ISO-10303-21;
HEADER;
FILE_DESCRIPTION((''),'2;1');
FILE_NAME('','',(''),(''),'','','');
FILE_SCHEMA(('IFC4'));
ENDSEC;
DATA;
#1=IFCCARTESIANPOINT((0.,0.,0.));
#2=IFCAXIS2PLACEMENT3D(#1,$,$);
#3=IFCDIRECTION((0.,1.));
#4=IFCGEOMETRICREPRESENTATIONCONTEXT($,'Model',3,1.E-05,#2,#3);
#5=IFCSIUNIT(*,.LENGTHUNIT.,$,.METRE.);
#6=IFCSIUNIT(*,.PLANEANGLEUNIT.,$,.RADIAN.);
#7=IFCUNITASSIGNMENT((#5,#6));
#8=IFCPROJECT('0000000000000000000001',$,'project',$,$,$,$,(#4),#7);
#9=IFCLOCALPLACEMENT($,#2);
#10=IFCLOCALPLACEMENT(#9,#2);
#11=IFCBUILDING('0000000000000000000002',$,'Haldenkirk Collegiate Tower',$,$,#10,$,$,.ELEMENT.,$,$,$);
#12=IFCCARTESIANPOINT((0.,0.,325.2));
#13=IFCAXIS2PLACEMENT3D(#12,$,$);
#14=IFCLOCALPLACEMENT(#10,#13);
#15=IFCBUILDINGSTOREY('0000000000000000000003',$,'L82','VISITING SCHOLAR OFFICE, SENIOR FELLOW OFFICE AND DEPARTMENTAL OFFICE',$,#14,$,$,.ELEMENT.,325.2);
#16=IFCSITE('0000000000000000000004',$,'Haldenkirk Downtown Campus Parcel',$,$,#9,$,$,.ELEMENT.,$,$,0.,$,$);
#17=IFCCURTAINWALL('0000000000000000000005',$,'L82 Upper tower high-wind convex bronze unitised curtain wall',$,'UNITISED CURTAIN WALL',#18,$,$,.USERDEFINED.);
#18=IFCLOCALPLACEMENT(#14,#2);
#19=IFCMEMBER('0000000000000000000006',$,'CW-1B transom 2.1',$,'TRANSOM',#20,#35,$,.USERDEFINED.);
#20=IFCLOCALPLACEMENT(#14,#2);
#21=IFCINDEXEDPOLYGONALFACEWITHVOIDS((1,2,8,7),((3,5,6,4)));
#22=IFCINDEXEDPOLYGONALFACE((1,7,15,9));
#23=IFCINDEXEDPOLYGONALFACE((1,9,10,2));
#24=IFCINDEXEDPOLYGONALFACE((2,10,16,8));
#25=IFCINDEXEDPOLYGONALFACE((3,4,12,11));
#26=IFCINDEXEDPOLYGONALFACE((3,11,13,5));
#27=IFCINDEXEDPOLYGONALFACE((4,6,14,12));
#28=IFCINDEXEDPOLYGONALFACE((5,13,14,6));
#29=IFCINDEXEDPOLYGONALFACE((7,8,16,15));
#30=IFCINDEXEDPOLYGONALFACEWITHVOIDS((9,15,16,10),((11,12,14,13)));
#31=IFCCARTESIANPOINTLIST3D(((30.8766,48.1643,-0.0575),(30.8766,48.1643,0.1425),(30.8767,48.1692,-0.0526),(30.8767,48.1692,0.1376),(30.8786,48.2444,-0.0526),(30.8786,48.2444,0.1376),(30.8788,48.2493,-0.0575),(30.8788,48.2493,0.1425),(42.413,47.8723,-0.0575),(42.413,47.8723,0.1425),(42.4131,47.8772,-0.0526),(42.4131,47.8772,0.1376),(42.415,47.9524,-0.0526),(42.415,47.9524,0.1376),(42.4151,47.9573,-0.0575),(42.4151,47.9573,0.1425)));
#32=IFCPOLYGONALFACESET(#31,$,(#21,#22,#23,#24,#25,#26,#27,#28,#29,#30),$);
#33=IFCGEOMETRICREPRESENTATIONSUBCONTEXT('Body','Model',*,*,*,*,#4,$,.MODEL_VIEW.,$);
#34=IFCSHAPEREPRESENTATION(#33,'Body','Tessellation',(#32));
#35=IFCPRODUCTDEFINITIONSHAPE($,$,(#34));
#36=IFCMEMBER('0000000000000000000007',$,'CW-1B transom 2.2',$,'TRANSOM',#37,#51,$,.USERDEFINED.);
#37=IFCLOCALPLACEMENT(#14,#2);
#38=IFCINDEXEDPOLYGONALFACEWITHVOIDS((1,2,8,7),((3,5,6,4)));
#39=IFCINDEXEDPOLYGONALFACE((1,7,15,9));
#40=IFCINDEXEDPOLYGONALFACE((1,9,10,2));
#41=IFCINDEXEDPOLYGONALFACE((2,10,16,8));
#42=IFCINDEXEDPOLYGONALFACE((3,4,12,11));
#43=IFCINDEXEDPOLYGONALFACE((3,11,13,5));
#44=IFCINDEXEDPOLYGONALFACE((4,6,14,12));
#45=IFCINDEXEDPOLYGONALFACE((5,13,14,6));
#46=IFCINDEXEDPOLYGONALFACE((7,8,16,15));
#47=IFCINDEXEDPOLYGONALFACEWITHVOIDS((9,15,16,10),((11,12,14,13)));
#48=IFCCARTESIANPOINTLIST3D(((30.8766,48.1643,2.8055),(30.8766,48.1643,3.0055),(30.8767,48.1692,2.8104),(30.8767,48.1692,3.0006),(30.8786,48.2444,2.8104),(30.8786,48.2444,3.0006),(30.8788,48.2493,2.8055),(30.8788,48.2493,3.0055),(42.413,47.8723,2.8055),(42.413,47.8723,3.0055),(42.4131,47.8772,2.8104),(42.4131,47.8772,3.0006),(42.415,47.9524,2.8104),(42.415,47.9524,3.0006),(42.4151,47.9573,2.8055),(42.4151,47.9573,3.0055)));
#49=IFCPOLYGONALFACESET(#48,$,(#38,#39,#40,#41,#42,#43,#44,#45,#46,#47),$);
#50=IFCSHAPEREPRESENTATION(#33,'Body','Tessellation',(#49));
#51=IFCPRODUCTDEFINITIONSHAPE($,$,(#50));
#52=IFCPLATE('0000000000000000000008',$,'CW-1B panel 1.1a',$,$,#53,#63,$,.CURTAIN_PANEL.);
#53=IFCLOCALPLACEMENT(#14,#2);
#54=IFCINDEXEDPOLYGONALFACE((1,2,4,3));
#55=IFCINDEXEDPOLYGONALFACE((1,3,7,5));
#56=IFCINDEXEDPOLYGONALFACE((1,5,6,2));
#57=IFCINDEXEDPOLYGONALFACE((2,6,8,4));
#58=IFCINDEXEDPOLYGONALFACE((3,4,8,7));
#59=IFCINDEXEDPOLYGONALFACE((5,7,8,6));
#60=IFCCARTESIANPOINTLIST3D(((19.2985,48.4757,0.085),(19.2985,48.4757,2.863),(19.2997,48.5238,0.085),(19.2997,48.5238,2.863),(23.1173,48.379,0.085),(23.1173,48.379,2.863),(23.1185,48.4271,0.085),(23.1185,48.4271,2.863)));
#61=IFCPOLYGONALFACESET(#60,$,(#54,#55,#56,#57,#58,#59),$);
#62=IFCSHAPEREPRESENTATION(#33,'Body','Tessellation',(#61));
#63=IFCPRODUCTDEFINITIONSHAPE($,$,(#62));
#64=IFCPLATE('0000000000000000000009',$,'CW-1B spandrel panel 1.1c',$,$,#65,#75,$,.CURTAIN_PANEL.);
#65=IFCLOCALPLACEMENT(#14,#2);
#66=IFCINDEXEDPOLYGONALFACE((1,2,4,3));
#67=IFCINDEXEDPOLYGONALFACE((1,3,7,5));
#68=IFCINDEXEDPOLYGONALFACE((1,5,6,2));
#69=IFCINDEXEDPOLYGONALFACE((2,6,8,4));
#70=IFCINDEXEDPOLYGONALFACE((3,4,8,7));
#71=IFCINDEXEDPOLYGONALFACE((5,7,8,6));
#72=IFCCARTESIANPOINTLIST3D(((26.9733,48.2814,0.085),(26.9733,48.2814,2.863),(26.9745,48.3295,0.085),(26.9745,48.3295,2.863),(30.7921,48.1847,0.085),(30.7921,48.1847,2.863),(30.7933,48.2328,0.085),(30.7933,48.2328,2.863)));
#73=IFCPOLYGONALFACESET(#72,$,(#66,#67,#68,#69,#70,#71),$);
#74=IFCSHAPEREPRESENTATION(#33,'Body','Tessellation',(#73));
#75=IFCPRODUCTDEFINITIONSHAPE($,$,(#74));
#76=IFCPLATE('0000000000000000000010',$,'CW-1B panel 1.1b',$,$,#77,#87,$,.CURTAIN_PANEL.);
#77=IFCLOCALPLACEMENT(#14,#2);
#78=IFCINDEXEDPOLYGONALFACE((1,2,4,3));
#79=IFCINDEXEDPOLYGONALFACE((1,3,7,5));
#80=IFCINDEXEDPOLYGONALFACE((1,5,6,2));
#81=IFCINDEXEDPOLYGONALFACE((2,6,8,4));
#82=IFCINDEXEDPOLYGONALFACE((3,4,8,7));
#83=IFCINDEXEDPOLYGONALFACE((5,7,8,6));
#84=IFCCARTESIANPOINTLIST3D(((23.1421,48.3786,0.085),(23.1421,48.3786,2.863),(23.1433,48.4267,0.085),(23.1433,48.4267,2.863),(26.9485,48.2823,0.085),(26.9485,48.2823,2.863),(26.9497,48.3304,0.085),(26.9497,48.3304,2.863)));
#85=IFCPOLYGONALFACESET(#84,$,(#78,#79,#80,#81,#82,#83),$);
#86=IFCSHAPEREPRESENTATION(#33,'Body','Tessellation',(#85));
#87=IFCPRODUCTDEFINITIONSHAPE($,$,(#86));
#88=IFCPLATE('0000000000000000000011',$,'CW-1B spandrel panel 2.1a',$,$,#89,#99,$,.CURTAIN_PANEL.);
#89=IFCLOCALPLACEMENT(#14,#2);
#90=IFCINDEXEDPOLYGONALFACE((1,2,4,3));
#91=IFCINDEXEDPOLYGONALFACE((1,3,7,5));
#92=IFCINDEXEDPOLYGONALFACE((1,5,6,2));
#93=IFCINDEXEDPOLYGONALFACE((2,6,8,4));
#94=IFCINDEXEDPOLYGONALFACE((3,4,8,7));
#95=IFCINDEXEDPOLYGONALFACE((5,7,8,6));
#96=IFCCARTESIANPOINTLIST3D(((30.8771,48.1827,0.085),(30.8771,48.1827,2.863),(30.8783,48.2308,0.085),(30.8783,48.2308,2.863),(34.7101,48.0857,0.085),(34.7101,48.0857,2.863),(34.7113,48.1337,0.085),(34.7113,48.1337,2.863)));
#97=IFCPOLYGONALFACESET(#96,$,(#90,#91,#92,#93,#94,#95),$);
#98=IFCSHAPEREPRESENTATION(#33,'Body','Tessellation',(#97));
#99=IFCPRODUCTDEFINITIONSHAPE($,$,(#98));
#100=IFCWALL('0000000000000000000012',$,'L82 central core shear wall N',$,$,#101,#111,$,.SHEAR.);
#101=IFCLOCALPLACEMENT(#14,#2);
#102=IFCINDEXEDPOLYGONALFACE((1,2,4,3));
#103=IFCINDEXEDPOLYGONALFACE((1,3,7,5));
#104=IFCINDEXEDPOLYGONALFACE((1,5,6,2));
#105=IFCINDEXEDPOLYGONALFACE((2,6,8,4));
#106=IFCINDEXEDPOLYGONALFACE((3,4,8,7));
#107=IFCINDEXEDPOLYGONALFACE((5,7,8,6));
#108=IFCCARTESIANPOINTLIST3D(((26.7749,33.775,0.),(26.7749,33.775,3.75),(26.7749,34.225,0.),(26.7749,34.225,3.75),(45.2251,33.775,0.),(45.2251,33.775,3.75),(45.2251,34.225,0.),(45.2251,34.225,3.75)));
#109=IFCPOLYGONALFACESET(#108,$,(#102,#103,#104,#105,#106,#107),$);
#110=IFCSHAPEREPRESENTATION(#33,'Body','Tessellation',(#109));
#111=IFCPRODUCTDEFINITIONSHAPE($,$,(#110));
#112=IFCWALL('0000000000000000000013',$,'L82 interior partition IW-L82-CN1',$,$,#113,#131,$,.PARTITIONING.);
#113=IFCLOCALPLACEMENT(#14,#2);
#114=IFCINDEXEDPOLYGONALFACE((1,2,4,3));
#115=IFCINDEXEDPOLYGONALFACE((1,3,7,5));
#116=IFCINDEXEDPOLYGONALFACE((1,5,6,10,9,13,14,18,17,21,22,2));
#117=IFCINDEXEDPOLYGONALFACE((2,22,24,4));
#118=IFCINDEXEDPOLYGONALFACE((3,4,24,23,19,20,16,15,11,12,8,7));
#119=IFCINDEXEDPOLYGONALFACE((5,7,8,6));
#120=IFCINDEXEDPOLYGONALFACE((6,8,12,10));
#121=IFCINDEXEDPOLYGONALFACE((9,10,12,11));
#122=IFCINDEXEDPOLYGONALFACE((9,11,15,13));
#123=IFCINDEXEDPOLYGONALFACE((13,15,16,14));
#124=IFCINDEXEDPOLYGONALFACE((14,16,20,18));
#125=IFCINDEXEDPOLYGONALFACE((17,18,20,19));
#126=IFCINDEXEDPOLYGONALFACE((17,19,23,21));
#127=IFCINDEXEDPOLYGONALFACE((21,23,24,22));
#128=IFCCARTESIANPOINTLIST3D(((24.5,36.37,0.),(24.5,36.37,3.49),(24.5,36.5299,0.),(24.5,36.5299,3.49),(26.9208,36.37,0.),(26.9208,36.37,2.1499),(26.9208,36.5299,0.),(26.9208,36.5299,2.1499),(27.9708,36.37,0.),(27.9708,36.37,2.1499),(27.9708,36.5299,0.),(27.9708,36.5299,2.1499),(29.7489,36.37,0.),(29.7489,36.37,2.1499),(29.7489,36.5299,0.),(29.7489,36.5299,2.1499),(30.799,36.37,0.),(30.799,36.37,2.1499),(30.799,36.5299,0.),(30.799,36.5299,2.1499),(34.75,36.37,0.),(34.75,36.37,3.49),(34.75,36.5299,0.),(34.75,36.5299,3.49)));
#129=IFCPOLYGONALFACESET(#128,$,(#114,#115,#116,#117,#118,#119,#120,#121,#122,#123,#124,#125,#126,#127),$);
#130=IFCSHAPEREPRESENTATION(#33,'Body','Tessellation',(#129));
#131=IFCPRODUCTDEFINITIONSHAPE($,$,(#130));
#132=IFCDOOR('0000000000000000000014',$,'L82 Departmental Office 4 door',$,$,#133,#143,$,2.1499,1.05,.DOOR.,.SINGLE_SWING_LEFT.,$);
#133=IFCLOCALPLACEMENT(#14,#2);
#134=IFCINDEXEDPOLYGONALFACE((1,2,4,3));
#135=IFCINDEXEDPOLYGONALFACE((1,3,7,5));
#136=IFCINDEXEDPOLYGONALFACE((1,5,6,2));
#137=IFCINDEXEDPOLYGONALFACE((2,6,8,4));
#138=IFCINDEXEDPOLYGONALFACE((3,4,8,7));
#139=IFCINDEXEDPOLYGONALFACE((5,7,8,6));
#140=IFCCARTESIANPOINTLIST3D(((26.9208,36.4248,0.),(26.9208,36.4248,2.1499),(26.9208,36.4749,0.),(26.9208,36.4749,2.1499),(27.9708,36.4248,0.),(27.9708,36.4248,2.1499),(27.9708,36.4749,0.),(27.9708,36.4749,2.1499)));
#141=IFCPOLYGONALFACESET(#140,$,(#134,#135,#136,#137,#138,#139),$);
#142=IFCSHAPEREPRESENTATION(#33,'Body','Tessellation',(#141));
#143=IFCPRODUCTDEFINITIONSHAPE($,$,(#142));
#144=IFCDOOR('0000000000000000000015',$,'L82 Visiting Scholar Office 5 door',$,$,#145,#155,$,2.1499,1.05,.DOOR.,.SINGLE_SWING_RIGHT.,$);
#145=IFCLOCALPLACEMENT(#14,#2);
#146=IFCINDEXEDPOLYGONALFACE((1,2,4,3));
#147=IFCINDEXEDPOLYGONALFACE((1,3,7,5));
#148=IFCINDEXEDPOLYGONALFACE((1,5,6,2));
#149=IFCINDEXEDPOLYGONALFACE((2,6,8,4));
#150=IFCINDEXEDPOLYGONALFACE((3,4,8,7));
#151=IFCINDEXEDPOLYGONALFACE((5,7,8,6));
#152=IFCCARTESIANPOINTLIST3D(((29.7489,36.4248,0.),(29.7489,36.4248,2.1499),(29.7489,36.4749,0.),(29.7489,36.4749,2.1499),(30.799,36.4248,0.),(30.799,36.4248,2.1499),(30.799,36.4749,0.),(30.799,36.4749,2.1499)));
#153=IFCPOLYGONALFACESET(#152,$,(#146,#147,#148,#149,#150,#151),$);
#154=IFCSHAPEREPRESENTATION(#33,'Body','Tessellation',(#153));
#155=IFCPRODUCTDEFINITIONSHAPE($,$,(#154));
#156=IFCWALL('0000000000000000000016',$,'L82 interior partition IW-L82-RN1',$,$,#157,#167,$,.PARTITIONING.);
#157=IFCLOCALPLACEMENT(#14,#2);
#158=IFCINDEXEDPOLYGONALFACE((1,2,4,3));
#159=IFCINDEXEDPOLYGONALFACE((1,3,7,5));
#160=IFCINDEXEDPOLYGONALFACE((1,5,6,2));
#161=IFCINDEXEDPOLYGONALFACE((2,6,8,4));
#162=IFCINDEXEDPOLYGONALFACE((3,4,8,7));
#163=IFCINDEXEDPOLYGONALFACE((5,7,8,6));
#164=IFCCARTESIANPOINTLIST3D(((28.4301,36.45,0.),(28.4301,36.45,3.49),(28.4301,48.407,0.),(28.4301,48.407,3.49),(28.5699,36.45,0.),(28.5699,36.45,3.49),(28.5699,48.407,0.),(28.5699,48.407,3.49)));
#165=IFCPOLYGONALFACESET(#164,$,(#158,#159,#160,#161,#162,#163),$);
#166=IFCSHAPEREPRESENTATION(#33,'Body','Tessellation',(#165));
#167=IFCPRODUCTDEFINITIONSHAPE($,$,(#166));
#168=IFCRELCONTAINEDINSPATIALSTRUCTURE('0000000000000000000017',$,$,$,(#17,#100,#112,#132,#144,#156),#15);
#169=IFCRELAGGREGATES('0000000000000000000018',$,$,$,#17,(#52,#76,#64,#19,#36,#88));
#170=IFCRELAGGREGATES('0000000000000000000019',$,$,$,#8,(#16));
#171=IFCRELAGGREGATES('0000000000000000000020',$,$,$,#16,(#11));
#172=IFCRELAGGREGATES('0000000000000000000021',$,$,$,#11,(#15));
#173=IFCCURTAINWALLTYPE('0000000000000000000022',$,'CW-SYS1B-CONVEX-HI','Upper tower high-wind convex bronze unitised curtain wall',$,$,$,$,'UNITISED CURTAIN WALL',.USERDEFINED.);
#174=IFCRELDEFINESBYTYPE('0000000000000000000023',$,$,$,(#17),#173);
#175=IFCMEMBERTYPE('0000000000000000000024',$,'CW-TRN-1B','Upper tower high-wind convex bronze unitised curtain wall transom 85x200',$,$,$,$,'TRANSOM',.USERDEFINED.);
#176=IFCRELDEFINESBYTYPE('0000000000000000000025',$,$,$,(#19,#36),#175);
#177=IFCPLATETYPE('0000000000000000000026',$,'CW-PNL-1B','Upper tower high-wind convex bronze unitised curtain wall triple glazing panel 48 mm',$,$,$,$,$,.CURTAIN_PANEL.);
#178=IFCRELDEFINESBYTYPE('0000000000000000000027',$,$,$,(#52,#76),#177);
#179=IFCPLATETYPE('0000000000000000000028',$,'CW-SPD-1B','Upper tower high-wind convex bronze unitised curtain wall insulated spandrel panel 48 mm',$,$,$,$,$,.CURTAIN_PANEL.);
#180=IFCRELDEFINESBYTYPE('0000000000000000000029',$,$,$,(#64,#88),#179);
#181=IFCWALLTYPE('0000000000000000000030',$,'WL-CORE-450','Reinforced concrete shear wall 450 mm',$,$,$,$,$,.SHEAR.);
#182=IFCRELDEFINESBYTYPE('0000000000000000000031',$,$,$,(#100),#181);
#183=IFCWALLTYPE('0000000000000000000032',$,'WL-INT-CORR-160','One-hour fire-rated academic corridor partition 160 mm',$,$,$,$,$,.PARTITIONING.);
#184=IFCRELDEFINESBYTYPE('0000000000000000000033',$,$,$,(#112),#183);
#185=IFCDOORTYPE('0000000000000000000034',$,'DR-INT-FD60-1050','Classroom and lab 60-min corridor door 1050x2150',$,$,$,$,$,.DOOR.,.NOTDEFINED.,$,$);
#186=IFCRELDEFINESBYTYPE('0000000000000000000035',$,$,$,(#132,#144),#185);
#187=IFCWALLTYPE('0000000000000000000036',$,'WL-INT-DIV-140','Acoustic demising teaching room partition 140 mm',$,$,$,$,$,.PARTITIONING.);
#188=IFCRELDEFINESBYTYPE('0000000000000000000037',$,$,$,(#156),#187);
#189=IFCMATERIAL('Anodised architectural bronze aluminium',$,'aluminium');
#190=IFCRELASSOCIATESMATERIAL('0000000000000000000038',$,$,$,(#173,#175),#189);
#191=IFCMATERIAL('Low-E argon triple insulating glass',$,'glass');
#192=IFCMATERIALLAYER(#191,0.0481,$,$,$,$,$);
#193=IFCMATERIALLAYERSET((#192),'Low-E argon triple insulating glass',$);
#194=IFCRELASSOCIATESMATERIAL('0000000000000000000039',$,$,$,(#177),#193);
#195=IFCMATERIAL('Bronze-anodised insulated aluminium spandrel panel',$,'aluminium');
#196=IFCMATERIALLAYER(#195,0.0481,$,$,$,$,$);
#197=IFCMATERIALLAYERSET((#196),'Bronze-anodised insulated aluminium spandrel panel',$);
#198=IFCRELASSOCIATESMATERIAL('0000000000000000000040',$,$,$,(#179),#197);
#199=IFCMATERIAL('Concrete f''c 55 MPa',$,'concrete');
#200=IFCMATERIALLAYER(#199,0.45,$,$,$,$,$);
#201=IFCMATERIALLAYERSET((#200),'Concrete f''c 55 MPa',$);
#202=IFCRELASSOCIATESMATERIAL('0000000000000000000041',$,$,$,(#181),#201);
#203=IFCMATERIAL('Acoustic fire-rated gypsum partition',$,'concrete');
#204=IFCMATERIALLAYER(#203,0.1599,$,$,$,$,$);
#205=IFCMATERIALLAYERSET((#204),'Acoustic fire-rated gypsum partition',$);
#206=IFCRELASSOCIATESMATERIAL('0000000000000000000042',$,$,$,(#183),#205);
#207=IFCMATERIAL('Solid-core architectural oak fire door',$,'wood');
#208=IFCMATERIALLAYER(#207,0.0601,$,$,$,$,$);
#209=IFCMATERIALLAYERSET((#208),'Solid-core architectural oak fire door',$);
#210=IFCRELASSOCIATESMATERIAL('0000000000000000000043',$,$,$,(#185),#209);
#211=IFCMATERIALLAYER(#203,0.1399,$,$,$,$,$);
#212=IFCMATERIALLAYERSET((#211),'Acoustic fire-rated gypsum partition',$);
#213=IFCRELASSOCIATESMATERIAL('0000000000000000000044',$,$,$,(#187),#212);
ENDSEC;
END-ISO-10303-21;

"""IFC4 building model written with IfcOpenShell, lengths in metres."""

from ifc_helpers import new_model, si_unit, direction, frame, frame_2d, origin, origin_2d, place, context, subcontext, project, spatial, rectangle, hollow_rectangle, extrude, source, transform, mapped, material, layer, layer_set, material_profile, profile_set, type_object, element, fill, aggregate, save


model = new_model("IFC4")

# Units and contexts
model_context = context("Model", 3, precision=1e-05, world=origin(), true_north=direction((0.0, 1.0)))
body_context = subcontext(model_context, "Body", "Model", "MODEL_VIEW")
ifc_project = project(units=[si_unit("LENGTHUNIT", "METRE"), si_unit("PLANEANGLEUNIT", "RADIAN")], contexts=[model_context])

# Site, building, storey
site_placement = place(None, origin())
site = spatial("IfcSite", under=ifc_project, at=site_placement, Name="Haldenkirk Downtown Campus Parcel", CompositionType="ELEMENT", RefElevation=0.0)
building_placement = place(site_placement, origin())
building = spatial("IfcBuilding", under=site, at=building_placement, Name="Haldenkirk Collegiate Tower", CompositionType="ELEMENT")
storey_placement = place(building_placement, frame((0.0, 0.0, 325.2)))
storey = spatial("IfcBuildingStorey", under=building, at=storey_placement, Name="L82", Description="VISITING SCHOLAR OFFICE, SENIOR FELLOW OFFICE AND DEPARTMENTAL OFFICE", CompositionType="ELEMENT", Elevation=325.2)

# Curtain wall, members, plates
ifc_material_1 = material(Name="Anodised architectural bronze aluminium", Category="aluminium")
curtain_wall_type = type_object("IfcCurtainWallType", Name="CW-SYS1B-CONVEX-HI", Description="Upper tower high-wind convex bronze unitised curtain wall", ElementType="UNITISED CURTAIN WALL", PredefinedType="USERDEFINED", material=ifc_material_1)
curtain_wall_placement = place(storey_placement, origin())
curtain_wall = element("IfcCurtainWall", 1, at=curtain_wall_placement, inside=storey, type_object=curtain_wall_type, Name="L82 Upper tower high-wind convex bronze unitised curtain wall", ObjectType="UNITISED CURTAIN WALL", PredefinedType="USERDEFINED")
ifc_material_profile_1 = material_profile(ifc_material_1, hollow_rectangle(XDim=0.085, YDim=0.2, WallThickness=0.0049, at=origin_2d()), Name="CW-TRN-1B")
ifc_profile_set_1 = profile_set([ifc_material_profile_1], Name="Anodised architectural bronze aluminium")
member_type_1 = type_object("IfcMemberType", Name="CW-TRN-1B", Description="Upper tower high-wind convex bronze unitised curtain wall transom 85x200", ElementType="TRANSOM", PredefinedType="USERDEFINED", material=ifc_profile_set_1)
member_1_placement = place(storey_placement, frame((30.8777, 48.2068, 0.0425), z_axis=(0.99968, -0.025302, 0.0), x_axis=(0.025302, 0.99968, 0.0)))
member_1 = element("IfcMember", 2, at=member_1_placement, type_object=member_type_1, Name="CW-1B transom 2.1", ObjectType="TRANSOM", PredefinedType="USERDEFINED", context=body_context, shape_type="SweptSolid", body=[
    extrude(hollow_rectangle(XDim=0.085, YDim=0.2, WallThickness=0.0049, at=origin_2d()), origin(), (0.0, 0.0, 1.0), 11.54),
])
member_2_placement = place(storey_placement, frame((30.8777, 48.2068, 2.9055), z_axis=(0.99968, -0.025302, 0.0), x_axis=(0.025302, 0.99968, 0.0)))
member_2 = element("IfcMember", 3, at=member_2_placement, type_object=member_type_1, Name="CW-1B transom 2.2", ObjectType="TRANSOM", PredefinedType="USERDEFINED", context=body_context, shape_type="SweptSolid", body=[
    extrude(hollow_rectangle(XDim=0.085, YDim=0.2, WallThickness=0.0049, at=origin_2d()), origin(), (0.0, 0.0, 1.0), 11.54),
])
ifc_material_2 = material(Name="Low-E argon triple insulating glass", Category="glass")
ifc_layer_1 = layer(ifc_material_2, 0.0481)
ifc_layer_set_1 = layer_set([ifc_layer_1], Name="Low-E argon triple insulating glass")
plate_type_1 = type_object("IfcPlateType", Name="CW-PNL-1B", Description="Upper tower high-wind convex bronze unitised curtain wall triple glazing panel 48 mm", PredefinedType="CURTAIN_PANEL", material=ifc_layer_set_1)
shared_shape_1 = source(origin(), body_context, "Body", "SweptSolid", [
    extrude(rectangle(XDim=3.8201, YDim=0.0481, at=origin_2d()), origin(), (0.0, 0.0, 1.0), 2.7781),
])
plate_1_placement = place(storey_placement, frame((21.2085, 48.4514, 0.085), z_axis=(0.0, 0.0, 1.0), x_axis=(0.99968, -0.025305, 0.0)))
plate_1 = element("IfcPlate", 4, at=plate_1_placement, type_object=plate_type_1, Name="CW-1B panel 1.1a", PredefinedType="CURTAIN_PANEL", context=body_context, shape_type="MappedRepresentation", body=[
    mapped(shared_shape_1, transform((0.0, 0.0, 0.0), x_axis=(1.0, 0.0, 0.0), y_axis=(0.0, 1.0, 0.0), z_axis=(0.0, 0.0, 1.0), scale=1.0)),
])
ifc_material_3 = material(Name="Bronze-anodised insulated aluminium spandrel panel", Category="aluminium")
ifc_layer_2 = layer(ifc_material_3, 0.0481)
ifc_layer_set_2 = layer_set([ifc_layer_2], Name="Bronze-anodised insulated aluminium spandrel panel")
plate_type_2 = type_object("IfcPlateType", Name="CW-SPD-1B", Description="Upper tower high-wind convex bronze unitised curtain wall insulated spandrel panel 48 mm", PredefinedType="CURTAIN_PANEL", material=ifc_layer_set_2)
plate_2_placement = place(storey_placement, frame((28.8833, 48.2571, 0.085), z_axis=(0.0, 0.0, 1.0), x_axis=(0.99968, -0.025305, 0.0)))
plate_2 = element("IfcPlate", 5, at=plate_2_placement, type_object=plate_type_2, Name="CW-1B spandrel panel 1.1c", PredefinedType="CURTAIN_PANEL", context=body_context, shape_type="MappedRepresentation", body=[
    mapped(shared_shape_1, transform((0.0, 0.0, 0.0), x_axis=(1.0, 0.0, 0.0), y_axis=(0.0, 1.0, 0.0), z_axis=(0.0, 0.0, 1.0), scale=1.0)),
])
shared_shape_2 = source(origin(), body_context, "Body", "SweptSolid", [
    extrude(rectangle(XDim=3.8076, YDim=0.0481, at=origin_2d()), origin(), (0.0, 0.0, 1.0), 2.7781),
])
plate_3_placement = place(storey_placement, frame((25.0459, 48.3545, 0.085), z_axis=(0.0, 0.0, 1.0), x_axis=(0.99968, -0.025305, 0.0)))
plate_3 = element("IfcPlate", 6, at=plate_3_placement, type_object=plate_type_1, Name="CW-1B panel 1.1b", PredefinedType="CURTAIN_PANEL", context=body_context, shape_type="MappedRepresentation", body=[
    mapped(shared_shape_2, transform((0.0, 0.0, 0.0), x_axis=(1.0, 0.0, 0.0), y_axis=(0.0, 1.0, 0.0), z_axis=(0.0, 0.0, 1.0), scale=1.0)),
])
shared_shape_3 = source(origin(), body_context, "Body", "SweptSolid", [
    extrude(rectangle(XDim=3.8342, YDim=0.0481, at=origin_2d()), origin(), (0.0, 0.0, 1.0), 2.7781),
])
plate_4_placement = place(storey_placement, frame((32.7942, 48.1582, 0.085), z_axis=(0.0, 0.0, 1.0), x_axis=(0.99968, -0.025305, 0.0)))
plate_4 = element("IfcPlate", 7, at=plate_4_placement, type_object=plate_type_2, Name="CW-1B spandrel panel 2.1a", PredefinedType="CURTAIN_PANEL", context=body_context, shape_type="MappedRepresentation", body=[
    mapped(shared_shape_3, transform((0.0, 0.0, 0.0), x_axis=(1.0, 0.0, 0.0), y_axis=(0.0, 1.0, 0.0), z_axis=(0.0, 0.0, 1.0), scale=1.0)),
])
aggregate(curtain_wall, [plate_1, plate_3, plate_2, member_1, member_2, plate_4])

# Wall
ifc_material_4 = material(Name="Concrete f'c 55 MPa", Category="concrete")
ifc_layer_3 = layer(ifc_material_4, 0.45)
ifc_layer_set_3 = layer_set([ifc_layer_3], Name="Concrete f'c 55 MPa")
wall_type_1 = type_object("IfcWallType", Name="WL-CORE-450", Description="Reinforced concrete shear wall 450 mm", PredefinedType="SHEAR", material=ifc_layer_set_3)
wall_1_placement = place(storey_placement, frame((26.7749, 34.0, 0.0), z_axis=(0.0, 0.0, 1.0), x_axis=(1.0, 0.0, 0.0)))
element("IfcWall", 8, at=wall_1_placement, inside=storey, type_object=wall_type_1, Name="L82 central core shear wall N", PredefinedType="SHEAR", context=body_context, shape_type="SweptSolid", body=[
    extrude(rectangle(XDim=18.4502, YDim=0.45, at=frame_2d((9.2251, 0.0))), origin(), (0.0, 0.0, 1.0), 3.75),
])

# Wall, openings, doors
ifc_material_5 = material(Name="Acoustic fire-rated gypsum partition", Category="concrete")
ifc_layer_4 = layer(ifc_material_5, 0.1599)
ifc_layer_set_4 = layer_set([ifc_layer_4], Name="Acoustic fire-rated gypsum partition")
wall_type_2 = type_object("IfcWallType", Name="WL-INT-CORR-160", Description="One-hour fire-rated academic corridor partition 160 mm", PredefinedType="PARTITIONING", material=ifc_layer_set_4)
wall_2_placement = place(storey_placement, frame((24.5, 36.45, 0.0), z_axis=(0.0, 0.0, 1.0), x_axis=(1.0, 0.0, 0.0)))
wall_2 = element("IfcWall", 9, at=wall_2_placement, inside=storey, type_object=wall_type_2, Name="L82 interior partition IW-L82-CN1", PredefinedType="PARTITIONING", context=body_context, shape_type="SweptSolid", body=[
    extrude(rectangle(XDim=10.25, YDim=0.1599, at=frame_2d((5.125, 0.0))), origin(), (0.0, 0.0, 1.0), 3.49),
])
opening_1_placement = place(wall_2_placement, frame((2.4209, 0.0, 0.0)))
opening_1 = element("IfcOpeningElement", 10, at=opening_1_placement, cuts=wall_2, PredefinedType="OPENING", context=body_context, shape_type="SweptSolid", body=[
    extrude(rectangle(XDim=1.05, YDim=2.1499, at=frame_2d((0.5249, 1.075))), frame((0.0, 0.0898, 0.0), z_axis=(0.0, -1.0, 0.0), x_axis=(1.0, 0.0, 0.0)), (0.0, 0.0, 1.0), 0.1799),
])
opening_2_placement = place(wall_2_placement, frame((5.249, 0.0, 0.0)))
opening_2 = element("IfcOpeningElement", 11, at=opening_2_placement, cuts=wall_2, PredefinedType="OPENING", context=body_context, shape_type="SweptSolid", body=[
    extrude(rectangle(XDim=1.05, YDim=2.1499, at=frame_2d((0.5249, 1.075))), frame((0.0, 0.0898, 0.0), z_axis=(0.0, -1.0, 0.0), x_axis=(1.0, 0.0, 0.0)), (0.0, 0.0, 1.0), 0.1799),
])
ifc_material_6 = material(Name="Solid-core architectural oak fire door", Category="wood")
ifc_layer_5 = layer(ifc_material_6, 0.0601)
ifc_layer_set_5 = layer_set([ifc_layer_5], Name="Solid-core architectural oak fire door")
door_type = type_object("IfcDoorType", Name="DR-INT-FD60-1050", Description="Classroom and lab 60-min corridor door 1050x2150", OperationType="NOTDEFINED", PredefinedType="DOOR", material=ifc_layer_set_5)
door_1_placement = place(opening_1_placement, origin())
door_1 = element("IfcDoor", 12, at=door_1_placement, inside=storey, type_object=door_type, Name="L82 Departmental Office 4 door", OperationType="SINGLE_SWING_LEFT", OverallHeight=2.1499, OverallWidth=1.05, PredefinedType="DOOR", context=body_context, shape_type="SweptSolid", body=[
    extrude(rectangle(XDim=1.05, YDim=2.1499, at=frame_2d((0.5249, 1.075))), frame((0.0, 0.0249, 0.0), z_axis=(0.0, -1.0, 0.0), x_axis=(1.0, 0.0, 0.0)), (0.0, 0.0, 1.0), 0.05),
])
fill(opening_1, door_1)
door_2_placement = place(opening_2_placement, origin())
door_2 = element("IfcDoor", 13, at=door_2_placement, inside=storey, type_object=door_type, Name="L82 Visiting Scholar Office 5 door", OperationType="SINGLE_SWING_RIGHT", OverallHeight=2.1499, OverallWidth=1.05, PredefinedType="DOOR", context=body_context, shape_type="SweptSolid", body=[
    extrude(rectangle(XDim=1.05, YDim=2.1499, at=frame_2d((0.5249, 1.075))), frame((0.0, 0.0249, 0.0), z_axis=(0.0, -1.0, 0.0), x_axis=(1.0, 0.0, 0.0)), (0.0, 0.0, 1.0), 0.05),
])
fill(opening_2, door_2)

# Wall
ifc_layer_6 = layer(ifc_material_5, 0.1399)
ifc_layer_set_6 = layer_set([ifc_layer_6], Name="Acoustic fire-rated gypsum partition")
wall_type_3 = type_object("IfcWallType", Name="WL-INT-DIV-140", Description="Acoustic demising teaching room partition 140 mm", PredefinedType="PARTITIONING", material=ifc_layer_set_6)
wall_3_placement = place(storey_placement, frame((28.5, 36.45, 0.0), z_axis=(0.0, 0.0, 1.0), x_axis=(0.0, 1.0, 0.0)))
element("IfcWall", 14, at=wall_3_placement, inside=storey, type_object=wall_type_3, Name="L82 interior partition IW-L82-RN1", PredefinedType="PARTITIONING", context=body_context, shape_type="SweptSolid", body=[
    extrude(rectangle(XDim=11.957, YDim=0.1399, at=frame_2d((5.9785, 0.0))), origin(), (0.0, 0.0, 1.0), 3.49),
])

save(model, "model.ifc")
